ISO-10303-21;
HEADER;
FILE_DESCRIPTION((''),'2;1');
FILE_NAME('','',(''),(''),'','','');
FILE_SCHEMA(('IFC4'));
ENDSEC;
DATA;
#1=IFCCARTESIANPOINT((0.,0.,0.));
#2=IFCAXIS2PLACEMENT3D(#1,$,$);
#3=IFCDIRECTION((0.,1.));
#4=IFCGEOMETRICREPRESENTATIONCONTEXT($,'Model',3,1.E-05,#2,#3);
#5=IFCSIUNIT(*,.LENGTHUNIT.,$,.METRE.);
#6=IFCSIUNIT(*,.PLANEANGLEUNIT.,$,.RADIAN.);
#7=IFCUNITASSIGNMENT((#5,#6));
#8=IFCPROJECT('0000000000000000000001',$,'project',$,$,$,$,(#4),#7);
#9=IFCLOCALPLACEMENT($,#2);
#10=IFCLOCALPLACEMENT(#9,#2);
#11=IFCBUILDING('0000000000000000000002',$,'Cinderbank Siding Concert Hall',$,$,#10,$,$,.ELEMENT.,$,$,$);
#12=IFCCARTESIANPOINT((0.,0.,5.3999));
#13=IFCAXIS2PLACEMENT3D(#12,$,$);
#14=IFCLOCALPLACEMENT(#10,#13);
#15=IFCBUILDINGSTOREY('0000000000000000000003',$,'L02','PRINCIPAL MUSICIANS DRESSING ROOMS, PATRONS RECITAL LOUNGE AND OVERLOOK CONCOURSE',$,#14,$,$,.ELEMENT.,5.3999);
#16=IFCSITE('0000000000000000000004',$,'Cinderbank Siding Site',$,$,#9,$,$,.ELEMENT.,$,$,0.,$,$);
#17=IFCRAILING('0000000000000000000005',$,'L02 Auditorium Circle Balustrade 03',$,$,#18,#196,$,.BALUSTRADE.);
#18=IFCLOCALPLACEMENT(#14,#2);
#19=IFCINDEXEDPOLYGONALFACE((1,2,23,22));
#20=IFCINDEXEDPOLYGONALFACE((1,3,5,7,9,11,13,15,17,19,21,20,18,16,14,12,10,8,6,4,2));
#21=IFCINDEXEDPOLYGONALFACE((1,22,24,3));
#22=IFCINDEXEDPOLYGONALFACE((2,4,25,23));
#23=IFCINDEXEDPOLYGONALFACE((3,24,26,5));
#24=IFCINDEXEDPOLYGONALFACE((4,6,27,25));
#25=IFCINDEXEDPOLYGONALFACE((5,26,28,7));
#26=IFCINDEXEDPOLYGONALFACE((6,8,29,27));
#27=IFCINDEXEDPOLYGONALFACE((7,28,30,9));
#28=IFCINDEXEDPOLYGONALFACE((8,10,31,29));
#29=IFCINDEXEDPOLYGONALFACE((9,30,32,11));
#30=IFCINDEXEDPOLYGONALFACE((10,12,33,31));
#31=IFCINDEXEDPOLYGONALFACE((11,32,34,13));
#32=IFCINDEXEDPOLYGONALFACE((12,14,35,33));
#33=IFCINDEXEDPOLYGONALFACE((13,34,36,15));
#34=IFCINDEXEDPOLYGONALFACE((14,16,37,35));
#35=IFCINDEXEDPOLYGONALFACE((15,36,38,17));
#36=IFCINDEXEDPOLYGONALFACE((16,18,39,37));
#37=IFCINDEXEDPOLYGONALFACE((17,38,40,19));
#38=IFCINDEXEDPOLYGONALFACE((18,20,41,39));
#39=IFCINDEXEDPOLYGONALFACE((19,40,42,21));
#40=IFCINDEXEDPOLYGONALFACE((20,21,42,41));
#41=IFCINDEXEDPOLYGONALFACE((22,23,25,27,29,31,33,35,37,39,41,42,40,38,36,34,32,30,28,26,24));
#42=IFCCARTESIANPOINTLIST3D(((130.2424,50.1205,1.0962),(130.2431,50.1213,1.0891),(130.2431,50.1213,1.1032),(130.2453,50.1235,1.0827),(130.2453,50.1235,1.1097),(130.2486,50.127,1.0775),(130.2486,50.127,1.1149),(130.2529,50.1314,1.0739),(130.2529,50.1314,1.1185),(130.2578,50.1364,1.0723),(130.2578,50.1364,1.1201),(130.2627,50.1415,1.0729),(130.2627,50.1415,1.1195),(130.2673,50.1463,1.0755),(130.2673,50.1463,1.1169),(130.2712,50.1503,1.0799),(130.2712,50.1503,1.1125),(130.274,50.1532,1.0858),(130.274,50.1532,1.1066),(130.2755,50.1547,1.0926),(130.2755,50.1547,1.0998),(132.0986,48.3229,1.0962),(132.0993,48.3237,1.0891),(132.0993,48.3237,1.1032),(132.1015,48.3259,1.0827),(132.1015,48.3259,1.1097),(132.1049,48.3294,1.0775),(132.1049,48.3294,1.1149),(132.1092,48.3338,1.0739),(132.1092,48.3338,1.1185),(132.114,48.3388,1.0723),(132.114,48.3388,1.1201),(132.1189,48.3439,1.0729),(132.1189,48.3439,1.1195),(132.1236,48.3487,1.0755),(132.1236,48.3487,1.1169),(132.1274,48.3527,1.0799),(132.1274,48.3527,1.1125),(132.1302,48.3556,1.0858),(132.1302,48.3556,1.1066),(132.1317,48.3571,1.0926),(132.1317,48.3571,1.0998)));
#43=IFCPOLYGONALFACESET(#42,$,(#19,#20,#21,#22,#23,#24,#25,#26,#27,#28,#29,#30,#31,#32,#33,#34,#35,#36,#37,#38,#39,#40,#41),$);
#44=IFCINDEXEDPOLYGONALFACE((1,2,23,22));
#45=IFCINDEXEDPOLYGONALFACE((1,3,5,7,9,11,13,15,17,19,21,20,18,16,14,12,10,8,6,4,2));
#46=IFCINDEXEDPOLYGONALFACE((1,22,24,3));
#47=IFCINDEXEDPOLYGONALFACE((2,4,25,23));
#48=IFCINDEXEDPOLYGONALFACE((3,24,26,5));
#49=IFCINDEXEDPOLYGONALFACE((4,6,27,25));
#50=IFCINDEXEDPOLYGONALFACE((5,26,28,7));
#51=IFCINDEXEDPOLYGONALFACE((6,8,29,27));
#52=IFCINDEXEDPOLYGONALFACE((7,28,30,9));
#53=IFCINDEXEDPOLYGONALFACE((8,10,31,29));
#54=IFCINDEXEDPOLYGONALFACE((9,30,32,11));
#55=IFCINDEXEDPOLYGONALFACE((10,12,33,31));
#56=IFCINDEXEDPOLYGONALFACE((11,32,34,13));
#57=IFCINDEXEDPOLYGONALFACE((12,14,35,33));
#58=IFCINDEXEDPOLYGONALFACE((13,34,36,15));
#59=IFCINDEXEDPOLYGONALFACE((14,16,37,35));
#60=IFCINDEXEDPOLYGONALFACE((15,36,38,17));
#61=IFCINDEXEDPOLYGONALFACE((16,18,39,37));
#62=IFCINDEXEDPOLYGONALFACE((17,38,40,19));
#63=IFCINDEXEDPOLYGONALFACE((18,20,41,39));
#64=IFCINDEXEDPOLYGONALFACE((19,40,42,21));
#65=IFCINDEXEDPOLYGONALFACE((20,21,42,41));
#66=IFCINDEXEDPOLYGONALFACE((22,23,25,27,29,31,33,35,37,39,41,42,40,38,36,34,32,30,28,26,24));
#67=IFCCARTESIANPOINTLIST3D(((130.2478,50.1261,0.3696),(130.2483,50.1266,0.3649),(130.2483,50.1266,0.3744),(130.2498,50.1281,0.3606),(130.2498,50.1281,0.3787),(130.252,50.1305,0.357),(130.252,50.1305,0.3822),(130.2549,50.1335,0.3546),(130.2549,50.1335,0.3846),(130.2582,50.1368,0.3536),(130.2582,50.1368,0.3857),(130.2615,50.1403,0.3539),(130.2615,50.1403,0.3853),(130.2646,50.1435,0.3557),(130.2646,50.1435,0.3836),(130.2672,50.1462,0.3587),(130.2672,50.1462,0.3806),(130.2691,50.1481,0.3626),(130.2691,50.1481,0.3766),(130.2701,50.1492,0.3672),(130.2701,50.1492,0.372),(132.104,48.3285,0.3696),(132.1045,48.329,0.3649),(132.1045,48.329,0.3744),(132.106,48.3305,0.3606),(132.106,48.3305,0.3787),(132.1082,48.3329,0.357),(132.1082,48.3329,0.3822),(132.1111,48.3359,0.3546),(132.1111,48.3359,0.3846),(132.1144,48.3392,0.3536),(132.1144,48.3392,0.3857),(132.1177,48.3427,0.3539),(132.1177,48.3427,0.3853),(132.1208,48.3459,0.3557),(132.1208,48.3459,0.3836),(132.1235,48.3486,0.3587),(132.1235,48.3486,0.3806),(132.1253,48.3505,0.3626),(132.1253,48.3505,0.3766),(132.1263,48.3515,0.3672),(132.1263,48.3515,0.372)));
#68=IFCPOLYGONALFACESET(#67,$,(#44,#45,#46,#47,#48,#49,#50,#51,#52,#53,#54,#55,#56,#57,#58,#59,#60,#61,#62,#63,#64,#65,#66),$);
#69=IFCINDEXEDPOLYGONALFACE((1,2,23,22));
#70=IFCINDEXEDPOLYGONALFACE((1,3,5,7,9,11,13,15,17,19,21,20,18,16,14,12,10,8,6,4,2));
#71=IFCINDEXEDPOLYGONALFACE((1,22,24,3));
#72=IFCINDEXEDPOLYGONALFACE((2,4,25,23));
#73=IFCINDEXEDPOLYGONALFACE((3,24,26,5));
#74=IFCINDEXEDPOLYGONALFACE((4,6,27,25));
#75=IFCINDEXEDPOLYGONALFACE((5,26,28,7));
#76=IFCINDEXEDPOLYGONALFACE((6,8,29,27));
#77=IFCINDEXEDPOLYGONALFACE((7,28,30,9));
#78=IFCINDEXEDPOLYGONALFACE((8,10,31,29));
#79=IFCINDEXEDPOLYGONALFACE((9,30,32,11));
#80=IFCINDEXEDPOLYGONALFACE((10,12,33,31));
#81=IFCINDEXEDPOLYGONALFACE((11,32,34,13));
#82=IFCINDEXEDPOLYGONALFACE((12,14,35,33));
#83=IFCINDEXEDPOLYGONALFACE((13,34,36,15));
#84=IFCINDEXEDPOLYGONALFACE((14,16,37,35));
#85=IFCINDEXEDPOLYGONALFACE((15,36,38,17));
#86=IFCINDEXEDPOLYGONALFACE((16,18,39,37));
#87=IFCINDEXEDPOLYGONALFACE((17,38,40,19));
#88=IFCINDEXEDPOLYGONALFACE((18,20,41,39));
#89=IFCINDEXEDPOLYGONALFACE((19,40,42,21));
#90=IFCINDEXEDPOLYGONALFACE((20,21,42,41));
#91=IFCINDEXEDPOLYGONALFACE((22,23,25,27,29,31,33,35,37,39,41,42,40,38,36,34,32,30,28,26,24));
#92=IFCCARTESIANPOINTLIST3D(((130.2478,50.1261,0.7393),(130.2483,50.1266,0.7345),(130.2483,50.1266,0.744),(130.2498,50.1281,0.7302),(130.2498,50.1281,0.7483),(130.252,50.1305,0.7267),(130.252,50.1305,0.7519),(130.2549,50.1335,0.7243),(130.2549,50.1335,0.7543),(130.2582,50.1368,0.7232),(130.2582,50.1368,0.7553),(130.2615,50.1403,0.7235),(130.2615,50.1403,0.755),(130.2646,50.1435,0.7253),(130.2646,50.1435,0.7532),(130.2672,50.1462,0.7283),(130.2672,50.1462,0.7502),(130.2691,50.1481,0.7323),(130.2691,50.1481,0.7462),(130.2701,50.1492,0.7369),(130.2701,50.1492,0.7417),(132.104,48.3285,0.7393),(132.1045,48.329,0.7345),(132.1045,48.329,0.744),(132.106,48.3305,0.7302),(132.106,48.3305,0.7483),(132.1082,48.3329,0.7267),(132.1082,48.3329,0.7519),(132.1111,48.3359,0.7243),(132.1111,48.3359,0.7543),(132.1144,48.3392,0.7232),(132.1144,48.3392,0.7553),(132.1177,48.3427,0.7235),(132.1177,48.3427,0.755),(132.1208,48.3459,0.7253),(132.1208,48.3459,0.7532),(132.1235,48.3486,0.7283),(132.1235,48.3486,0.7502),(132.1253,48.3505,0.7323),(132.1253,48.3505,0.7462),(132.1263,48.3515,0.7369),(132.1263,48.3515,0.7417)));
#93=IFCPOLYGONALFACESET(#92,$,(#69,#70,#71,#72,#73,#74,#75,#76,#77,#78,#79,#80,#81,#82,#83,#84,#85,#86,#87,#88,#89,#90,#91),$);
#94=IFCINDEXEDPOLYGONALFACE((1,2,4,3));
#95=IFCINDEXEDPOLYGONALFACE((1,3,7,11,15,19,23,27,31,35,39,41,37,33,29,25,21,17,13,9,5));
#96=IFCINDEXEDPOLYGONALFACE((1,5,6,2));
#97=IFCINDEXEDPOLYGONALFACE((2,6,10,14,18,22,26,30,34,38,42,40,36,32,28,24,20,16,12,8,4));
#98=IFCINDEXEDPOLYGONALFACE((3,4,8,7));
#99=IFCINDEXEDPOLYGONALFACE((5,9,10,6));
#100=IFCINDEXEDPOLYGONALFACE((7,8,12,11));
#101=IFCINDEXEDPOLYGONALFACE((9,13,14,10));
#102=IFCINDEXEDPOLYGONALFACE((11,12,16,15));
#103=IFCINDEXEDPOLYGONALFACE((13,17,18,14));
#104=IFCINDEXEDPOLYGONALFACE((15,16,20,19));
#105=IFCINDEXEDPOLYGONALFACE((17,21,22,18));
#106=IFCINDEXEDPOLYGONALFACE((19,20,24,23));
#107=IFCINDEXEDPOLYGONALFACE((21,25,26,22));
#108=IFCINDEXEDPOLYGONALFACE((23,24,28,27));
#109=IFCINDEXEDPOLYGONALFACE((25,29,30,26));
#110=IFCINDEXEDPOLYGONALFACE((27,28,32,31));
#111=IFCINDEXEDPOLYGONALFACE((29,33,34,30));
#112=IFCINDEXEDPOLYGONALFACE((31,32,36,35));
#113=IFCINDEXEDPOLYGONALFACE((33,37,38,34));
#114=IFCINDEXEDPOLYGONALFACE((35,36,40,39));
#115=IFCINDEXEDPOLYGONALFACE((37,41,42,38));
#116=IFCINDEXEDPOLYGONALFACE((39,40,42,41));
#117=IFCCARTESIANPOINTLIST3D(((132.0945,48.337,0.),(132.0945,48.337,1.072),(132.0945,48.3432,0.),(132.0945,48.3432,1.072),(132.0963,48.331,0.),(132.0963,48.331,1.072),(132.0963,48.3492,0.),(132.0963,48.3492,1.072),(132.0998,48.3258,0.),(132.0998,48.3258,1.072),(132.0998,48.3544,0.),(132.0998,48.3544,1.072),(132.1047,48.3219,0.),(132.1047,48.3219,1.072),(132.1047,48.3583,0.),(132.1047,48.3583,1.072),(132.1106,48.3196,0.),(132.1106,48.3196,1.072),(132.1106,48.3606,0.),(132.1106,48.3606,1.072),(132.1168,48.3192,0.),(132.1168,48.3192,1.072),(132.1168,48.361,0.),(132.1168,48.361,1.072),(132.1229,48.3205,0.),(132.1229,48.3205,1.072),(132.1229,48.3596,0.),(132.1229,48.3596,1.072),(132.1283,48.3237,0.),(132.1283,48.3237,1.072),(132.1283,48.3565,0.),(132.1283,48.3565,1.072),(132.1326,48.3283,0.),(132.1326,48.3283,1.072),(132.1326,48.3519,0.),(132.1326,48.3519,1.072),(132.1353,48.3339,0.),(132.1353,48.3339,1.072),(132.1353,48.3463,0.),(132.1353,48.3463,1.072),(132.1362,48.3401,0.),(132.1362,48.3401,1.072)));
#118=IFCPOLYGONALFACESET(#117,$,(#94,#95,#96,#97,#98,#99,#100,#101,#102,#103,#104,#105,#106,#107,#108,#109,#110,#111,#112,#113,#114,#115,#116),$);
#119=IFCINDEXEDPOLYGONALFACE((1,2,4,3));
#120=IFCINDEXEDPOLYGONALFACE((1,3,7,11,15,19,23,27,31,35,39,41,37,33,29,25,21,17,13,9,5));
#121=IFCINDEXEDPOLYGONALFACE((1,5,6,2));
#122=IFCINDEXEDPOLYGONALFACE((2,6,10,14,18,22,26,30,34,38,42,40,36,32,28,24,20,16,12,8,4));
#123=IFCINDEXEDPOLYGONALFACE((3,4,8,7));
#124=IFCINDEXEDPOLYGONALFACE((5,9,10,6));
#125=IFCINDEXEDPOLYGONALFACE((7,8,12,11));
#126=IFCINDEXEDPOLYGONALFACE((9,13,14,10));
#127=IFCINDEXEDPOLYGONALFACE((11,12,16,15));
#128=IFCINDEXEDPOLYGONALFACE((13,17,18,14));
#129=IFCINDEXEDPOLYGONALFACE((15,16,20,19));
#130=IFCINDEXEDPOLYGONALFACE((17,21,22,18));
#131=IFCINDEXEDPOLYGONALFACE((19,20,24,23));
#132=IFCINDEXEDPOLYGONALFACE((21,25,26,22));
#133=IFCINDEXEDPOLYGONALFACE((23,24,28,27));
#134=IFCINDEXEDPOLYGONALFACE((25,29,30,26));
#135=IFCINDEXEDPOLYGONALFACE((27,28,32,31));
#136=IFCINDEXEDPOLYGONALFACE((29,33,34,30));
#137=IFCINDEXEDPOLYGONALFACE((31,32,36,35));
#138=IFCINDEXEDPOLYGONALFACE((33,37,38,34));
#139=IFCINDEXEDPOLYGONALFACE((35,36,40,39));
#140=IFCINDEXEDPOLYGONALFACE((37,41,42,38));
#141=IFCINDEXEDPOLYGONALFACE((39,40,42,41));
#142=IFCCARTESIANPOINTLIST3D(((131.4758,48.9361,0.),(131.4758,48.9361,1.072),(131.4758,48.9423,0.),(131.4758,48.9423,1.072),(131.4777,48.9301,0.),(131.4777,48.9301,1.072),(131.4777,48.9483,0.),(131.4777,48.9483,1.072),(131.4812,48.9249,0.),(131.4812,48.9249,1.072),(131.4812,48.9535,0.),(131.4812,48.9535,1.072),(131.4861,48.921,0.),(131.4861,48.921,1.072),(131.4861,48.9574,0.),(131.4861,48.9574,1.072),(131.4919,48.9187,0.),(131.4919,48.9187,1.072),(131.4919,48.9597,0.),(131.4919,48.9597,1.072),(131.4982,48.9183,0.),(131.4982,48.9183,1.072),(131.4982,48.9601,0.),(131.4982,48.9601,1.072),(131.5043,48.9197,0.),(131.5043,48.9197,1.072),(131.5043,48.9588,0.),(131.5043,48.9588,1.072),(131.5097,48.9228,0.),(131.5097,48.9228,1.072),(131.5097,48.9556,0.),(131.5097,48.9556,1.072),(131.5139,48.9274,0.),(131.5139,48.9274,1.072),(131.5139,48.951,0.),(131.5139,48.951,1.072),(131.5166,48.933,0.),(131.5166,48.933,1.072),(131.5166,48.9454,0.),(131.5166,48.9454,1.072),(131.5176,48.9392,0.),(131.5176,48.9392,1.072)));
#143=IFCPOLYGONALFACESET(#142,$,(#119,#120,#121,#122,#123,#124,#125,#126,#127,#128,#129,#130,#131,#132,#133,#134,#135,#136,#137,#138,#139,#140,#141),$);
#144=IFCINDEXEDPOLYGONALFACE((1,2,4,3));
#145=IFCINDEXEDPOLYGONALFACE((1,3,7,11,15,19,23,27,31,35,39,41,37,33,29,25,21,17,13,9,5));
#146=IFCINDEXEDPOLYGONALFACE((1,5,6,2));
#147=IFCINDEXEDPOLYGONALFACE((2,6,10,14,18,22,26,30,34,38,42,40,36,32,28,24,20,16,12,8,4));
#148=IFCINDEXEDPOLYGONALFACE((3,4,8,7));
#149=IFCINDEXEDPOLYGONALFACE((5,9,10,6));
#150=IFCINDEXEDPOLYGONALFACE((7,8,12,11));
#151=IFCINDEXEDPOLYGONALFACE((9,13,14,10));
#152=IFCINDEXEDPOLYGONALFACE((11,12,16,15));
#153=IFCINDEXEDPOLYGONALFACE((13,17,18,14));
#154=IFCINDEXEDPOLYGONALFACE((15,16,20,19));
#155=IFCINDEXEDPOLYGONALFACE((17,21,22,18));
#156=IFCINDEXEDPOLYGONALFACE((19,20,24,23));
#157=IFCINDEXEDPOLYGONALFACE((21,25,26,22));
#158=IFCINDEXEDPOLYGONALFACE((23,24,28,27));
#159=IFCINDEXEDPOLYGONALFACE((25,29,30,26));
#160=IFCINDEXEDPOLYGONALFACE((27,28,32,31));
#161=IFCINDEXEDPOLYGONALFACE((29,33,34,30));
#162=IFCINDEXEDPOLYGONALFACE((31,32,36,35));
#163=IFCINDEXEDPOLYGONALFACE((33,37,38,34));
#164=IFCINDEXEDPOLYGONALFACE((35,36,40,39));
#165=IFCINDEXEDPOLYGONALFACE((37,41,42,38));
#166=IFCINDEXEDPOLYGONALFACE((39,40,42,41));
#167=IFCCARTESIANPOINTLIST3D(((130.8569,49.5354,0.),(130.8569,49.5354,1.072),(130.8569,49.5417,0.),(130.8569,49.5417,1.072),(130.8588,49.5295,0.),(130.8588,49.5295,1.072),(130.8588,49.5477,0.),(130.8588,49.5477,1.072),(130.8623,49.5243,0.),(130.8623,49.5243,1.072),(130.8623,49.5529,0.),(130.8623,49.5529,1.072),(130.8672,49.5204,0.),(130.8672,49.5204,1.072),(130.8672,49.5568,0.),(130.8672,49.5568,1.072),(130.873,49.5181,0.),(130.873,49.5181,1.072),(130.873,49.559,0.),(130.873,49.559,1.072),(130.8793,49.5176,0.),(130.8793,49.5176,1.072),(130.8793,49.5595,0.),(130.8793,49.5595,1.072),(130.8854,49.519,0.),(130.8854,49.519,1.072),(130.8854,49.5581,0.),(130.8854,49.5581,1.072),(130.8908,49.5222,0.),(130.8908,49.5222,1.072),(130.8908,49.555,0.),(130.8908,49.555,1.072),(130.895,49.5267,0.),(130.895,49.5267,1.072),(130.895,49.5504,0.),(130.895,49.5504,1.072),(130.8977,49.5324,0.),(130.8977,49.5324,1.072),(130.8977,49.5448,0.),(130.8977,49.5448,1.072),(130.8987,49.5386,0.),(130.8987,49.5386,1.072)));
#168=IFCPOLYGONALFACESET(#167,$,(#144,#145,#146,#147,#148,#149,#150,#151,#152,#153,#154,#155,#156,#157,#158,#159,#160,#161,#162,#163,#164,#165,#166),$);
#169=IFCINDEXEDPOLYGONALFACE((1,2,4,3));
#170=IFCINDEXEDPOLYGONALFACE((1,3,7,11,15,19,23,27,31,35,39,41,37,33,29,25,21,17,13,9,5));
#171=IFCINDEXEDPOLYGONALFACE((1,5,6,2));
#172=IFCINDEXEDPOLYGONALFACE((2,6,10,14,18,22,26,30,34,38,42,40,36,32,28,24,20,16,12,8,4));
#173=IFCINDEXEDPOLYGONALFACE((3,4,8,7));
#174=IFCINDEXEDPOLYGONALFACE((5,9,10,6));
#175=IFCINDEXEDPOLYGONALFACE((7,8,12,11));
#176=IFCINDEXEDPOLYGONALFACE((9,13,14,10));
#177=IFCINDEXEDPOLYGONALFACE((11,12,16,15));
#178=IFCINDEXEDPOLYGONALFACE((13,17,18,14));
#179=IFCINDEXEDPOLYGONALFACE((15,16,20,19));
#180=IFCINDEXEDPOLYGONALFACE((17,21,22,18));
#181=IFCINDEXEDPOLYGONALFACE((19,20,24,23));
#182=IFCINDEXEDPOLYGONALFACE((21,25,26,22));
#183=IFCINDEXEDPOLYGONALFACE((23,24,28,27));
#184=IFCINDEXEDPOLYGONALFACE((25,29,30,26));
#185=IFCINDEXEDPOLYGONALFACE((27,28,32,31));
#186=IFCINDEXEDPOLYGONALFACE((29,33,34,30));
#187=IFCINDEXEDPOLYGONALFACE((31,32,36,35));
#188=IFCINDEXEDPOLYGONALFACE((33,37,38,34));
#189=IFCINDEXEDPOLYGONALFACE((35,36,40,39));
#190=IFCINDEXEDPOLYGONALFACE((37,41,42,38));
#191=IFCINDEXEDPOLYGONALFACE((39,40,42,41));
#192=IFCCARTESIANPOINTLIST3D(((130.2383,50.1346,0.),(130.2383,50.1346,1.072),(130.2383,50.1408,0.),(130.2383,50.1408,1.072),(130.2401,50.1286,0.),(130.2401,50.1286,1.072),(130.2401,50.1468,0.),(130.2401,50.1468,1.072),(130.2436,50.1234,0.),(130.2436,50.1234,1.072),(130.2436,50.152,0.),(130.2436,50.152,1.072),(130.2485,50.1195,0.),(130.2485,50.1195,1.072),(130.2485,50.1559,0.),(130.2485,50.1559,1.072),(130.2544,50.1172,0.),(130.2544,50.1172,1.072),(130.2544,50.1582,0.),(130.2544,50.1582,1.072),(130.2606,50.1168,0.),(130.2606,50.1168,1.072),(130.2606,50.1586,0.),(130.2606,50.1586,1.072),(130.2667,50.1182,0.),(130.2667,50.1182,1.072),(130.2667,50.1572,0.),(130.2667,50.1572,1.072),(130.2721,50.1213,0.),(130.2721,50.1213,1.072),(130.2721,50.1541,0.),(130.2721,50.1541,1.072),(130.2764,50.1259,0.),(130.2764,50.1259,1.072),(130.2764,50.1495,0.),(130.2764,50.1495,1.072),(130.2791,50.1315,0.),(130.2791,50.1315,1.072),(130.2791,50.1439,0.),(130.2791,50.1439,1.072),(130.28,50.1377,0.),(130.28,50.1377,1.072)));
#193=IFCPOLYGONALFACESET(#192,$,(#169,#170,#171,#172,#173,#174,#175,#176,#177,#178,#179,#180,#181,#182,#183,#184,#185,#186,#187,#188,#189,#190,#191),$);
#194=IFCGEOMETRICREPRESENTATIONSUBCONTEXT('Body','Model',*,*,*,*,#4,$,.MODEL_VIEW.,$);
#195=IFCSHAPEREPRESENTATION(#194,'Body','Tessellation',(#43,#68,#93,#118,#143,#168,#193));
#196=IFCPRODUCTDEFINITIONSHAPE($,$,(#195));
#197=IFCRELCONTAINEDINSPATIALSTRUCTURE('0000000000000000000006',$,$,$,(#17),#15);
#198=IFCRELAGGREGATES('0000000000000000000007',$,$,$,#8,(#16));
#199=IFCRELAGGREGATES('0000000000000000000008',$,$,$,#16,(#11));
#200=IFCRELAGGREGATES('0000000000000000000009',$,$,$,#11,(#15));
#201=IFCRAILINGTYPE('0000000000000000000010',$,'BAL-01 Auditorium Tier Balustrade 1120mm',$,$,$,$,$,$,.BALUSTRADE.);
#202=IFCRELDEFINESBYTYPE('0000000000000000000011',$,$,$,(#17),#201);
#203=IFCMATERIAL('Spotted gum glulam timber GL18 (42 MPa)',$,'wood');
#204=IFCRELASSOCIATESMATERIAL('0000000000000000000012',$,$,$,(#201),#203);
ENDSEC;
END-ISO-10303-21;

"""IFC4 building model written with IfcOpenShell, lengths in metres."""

from ifc_helpers import new_model, si_unit, direction, frame, origin, origin_2d, place, context, subcontext, project, spatial, circle, extrude, material, type_object, element, save


model = new_model("IFC4")

# Units and contexts
model_context = context("Model", 3, precision=1e-05, world=origin(), true_north=direction((0.0, 1.0)))
body_context = subcontext(model_context, "Body", "Model", "MODEL_VIEW")
ifc_project = project(units=[si_unit("LENGTHUNIT", "METRE"), si_unit("PLANEANGLEUNIT", "RADIAN")], contexts=[model_context])

# Site, building, storey
site_placement = place(None, origin())
site = spatial("IfcSite", under=ifc_project, at=site_placement, Name="Cinderbank Siding Site", CompositionType="ELEMENT", RefElevation=0.0)
building_placement = place(site_placement, origin())
building = spatial("IfcBuilding", under=site, at=building_placement, Name="Cinderbank Siding Concert Hall", CompositionType="ELEMENT")
storey_placement = place(building_placement, frame((0.0, 0.0, 5.3999)))
storey = spatial("IfcBuildingStorey", under=building, at=storey_placement, Name="L02", Description="PRINCIPAL MUSICIANS DRESSING ROOMS, PATRONS RECITAL LOUNGE AND OVERLOOK CONCOURSE", CompositionType="ELEMENT", Elevation=5.3999)

# Railing
ifc_material_1 = material(Name="Spotted gum glulam timber GL18 (42 MPa)", Category="wood")
railing_type_1 = type_object("IfcRailingType", Name="BAL-01 Auditorium Tier Balustrade 1120mm", PredefinedType="BALUSTRADE", material=ifc_material_1)
railing_1_placement = place(storey_placement, frame((132.1152, 48.3401, 0.0)))
element("IfcRailing", 1, at=railing_1_placement, inside=storey, type_object=railing_type_1, Name="L02 Auditorium Circle Balustrade 03", PredefinedType="BALUSTRADE", context=body_context, shape_type="SweptSolid", body=[
    extrude(circle(Radius=0.0239, at=origin_2d()), frame((0.0, 0.0, 1.0962), z_axis=(-0.718354, 0.695678, 0.0), x_axis=(-0.695678, -0.718354, 0.0)), (0.0, 0.0, 1.0), 2.584),
    extrude(circle(Radius=0.0161, at=origin_2d()), frame((0.0, 0.0, 0.3696), z_axis=(-0.718354, 0.695678, 0.0), x_axis=(-0.695678, -0.718354, 0.0)), (0.0, 0.0, 1.0), 2.584),
    extrude(circle(Radius=0.0161, at=origin_2d()), frame((0.0, 0.0, 0.7393), z_axis=(-0.718354, 0.695678, 0.0), x_axis=(-0.695678, -0.718354, 0.0)), (0.0, 0.0, 1.0), 2.584),
    extrude(circle(Radius=0.021, at=origin_2d()), origin(), (0.0, 0.0, 1.0), 1.072),
    extrude(circle(Radius=0.021, at=origin_2d()), frame((-0.6187, 0.5991, 0.0)), (0.0, 0.0, 1.0), 1.072),
    extrude(circle(Radius=0.021, at=origin_2d()), frame((-1.2375, 1.1985, 0.0)), (0.0, 0.0, 1.0), 1.072),
    extrude(circle(Radius=0.021, at=origin_2d()), frame((-1.8562, 1.7976, 0.0)), (0.0, 0.0, 1.0), 1.072),
])

save(model, "model.ifc")
